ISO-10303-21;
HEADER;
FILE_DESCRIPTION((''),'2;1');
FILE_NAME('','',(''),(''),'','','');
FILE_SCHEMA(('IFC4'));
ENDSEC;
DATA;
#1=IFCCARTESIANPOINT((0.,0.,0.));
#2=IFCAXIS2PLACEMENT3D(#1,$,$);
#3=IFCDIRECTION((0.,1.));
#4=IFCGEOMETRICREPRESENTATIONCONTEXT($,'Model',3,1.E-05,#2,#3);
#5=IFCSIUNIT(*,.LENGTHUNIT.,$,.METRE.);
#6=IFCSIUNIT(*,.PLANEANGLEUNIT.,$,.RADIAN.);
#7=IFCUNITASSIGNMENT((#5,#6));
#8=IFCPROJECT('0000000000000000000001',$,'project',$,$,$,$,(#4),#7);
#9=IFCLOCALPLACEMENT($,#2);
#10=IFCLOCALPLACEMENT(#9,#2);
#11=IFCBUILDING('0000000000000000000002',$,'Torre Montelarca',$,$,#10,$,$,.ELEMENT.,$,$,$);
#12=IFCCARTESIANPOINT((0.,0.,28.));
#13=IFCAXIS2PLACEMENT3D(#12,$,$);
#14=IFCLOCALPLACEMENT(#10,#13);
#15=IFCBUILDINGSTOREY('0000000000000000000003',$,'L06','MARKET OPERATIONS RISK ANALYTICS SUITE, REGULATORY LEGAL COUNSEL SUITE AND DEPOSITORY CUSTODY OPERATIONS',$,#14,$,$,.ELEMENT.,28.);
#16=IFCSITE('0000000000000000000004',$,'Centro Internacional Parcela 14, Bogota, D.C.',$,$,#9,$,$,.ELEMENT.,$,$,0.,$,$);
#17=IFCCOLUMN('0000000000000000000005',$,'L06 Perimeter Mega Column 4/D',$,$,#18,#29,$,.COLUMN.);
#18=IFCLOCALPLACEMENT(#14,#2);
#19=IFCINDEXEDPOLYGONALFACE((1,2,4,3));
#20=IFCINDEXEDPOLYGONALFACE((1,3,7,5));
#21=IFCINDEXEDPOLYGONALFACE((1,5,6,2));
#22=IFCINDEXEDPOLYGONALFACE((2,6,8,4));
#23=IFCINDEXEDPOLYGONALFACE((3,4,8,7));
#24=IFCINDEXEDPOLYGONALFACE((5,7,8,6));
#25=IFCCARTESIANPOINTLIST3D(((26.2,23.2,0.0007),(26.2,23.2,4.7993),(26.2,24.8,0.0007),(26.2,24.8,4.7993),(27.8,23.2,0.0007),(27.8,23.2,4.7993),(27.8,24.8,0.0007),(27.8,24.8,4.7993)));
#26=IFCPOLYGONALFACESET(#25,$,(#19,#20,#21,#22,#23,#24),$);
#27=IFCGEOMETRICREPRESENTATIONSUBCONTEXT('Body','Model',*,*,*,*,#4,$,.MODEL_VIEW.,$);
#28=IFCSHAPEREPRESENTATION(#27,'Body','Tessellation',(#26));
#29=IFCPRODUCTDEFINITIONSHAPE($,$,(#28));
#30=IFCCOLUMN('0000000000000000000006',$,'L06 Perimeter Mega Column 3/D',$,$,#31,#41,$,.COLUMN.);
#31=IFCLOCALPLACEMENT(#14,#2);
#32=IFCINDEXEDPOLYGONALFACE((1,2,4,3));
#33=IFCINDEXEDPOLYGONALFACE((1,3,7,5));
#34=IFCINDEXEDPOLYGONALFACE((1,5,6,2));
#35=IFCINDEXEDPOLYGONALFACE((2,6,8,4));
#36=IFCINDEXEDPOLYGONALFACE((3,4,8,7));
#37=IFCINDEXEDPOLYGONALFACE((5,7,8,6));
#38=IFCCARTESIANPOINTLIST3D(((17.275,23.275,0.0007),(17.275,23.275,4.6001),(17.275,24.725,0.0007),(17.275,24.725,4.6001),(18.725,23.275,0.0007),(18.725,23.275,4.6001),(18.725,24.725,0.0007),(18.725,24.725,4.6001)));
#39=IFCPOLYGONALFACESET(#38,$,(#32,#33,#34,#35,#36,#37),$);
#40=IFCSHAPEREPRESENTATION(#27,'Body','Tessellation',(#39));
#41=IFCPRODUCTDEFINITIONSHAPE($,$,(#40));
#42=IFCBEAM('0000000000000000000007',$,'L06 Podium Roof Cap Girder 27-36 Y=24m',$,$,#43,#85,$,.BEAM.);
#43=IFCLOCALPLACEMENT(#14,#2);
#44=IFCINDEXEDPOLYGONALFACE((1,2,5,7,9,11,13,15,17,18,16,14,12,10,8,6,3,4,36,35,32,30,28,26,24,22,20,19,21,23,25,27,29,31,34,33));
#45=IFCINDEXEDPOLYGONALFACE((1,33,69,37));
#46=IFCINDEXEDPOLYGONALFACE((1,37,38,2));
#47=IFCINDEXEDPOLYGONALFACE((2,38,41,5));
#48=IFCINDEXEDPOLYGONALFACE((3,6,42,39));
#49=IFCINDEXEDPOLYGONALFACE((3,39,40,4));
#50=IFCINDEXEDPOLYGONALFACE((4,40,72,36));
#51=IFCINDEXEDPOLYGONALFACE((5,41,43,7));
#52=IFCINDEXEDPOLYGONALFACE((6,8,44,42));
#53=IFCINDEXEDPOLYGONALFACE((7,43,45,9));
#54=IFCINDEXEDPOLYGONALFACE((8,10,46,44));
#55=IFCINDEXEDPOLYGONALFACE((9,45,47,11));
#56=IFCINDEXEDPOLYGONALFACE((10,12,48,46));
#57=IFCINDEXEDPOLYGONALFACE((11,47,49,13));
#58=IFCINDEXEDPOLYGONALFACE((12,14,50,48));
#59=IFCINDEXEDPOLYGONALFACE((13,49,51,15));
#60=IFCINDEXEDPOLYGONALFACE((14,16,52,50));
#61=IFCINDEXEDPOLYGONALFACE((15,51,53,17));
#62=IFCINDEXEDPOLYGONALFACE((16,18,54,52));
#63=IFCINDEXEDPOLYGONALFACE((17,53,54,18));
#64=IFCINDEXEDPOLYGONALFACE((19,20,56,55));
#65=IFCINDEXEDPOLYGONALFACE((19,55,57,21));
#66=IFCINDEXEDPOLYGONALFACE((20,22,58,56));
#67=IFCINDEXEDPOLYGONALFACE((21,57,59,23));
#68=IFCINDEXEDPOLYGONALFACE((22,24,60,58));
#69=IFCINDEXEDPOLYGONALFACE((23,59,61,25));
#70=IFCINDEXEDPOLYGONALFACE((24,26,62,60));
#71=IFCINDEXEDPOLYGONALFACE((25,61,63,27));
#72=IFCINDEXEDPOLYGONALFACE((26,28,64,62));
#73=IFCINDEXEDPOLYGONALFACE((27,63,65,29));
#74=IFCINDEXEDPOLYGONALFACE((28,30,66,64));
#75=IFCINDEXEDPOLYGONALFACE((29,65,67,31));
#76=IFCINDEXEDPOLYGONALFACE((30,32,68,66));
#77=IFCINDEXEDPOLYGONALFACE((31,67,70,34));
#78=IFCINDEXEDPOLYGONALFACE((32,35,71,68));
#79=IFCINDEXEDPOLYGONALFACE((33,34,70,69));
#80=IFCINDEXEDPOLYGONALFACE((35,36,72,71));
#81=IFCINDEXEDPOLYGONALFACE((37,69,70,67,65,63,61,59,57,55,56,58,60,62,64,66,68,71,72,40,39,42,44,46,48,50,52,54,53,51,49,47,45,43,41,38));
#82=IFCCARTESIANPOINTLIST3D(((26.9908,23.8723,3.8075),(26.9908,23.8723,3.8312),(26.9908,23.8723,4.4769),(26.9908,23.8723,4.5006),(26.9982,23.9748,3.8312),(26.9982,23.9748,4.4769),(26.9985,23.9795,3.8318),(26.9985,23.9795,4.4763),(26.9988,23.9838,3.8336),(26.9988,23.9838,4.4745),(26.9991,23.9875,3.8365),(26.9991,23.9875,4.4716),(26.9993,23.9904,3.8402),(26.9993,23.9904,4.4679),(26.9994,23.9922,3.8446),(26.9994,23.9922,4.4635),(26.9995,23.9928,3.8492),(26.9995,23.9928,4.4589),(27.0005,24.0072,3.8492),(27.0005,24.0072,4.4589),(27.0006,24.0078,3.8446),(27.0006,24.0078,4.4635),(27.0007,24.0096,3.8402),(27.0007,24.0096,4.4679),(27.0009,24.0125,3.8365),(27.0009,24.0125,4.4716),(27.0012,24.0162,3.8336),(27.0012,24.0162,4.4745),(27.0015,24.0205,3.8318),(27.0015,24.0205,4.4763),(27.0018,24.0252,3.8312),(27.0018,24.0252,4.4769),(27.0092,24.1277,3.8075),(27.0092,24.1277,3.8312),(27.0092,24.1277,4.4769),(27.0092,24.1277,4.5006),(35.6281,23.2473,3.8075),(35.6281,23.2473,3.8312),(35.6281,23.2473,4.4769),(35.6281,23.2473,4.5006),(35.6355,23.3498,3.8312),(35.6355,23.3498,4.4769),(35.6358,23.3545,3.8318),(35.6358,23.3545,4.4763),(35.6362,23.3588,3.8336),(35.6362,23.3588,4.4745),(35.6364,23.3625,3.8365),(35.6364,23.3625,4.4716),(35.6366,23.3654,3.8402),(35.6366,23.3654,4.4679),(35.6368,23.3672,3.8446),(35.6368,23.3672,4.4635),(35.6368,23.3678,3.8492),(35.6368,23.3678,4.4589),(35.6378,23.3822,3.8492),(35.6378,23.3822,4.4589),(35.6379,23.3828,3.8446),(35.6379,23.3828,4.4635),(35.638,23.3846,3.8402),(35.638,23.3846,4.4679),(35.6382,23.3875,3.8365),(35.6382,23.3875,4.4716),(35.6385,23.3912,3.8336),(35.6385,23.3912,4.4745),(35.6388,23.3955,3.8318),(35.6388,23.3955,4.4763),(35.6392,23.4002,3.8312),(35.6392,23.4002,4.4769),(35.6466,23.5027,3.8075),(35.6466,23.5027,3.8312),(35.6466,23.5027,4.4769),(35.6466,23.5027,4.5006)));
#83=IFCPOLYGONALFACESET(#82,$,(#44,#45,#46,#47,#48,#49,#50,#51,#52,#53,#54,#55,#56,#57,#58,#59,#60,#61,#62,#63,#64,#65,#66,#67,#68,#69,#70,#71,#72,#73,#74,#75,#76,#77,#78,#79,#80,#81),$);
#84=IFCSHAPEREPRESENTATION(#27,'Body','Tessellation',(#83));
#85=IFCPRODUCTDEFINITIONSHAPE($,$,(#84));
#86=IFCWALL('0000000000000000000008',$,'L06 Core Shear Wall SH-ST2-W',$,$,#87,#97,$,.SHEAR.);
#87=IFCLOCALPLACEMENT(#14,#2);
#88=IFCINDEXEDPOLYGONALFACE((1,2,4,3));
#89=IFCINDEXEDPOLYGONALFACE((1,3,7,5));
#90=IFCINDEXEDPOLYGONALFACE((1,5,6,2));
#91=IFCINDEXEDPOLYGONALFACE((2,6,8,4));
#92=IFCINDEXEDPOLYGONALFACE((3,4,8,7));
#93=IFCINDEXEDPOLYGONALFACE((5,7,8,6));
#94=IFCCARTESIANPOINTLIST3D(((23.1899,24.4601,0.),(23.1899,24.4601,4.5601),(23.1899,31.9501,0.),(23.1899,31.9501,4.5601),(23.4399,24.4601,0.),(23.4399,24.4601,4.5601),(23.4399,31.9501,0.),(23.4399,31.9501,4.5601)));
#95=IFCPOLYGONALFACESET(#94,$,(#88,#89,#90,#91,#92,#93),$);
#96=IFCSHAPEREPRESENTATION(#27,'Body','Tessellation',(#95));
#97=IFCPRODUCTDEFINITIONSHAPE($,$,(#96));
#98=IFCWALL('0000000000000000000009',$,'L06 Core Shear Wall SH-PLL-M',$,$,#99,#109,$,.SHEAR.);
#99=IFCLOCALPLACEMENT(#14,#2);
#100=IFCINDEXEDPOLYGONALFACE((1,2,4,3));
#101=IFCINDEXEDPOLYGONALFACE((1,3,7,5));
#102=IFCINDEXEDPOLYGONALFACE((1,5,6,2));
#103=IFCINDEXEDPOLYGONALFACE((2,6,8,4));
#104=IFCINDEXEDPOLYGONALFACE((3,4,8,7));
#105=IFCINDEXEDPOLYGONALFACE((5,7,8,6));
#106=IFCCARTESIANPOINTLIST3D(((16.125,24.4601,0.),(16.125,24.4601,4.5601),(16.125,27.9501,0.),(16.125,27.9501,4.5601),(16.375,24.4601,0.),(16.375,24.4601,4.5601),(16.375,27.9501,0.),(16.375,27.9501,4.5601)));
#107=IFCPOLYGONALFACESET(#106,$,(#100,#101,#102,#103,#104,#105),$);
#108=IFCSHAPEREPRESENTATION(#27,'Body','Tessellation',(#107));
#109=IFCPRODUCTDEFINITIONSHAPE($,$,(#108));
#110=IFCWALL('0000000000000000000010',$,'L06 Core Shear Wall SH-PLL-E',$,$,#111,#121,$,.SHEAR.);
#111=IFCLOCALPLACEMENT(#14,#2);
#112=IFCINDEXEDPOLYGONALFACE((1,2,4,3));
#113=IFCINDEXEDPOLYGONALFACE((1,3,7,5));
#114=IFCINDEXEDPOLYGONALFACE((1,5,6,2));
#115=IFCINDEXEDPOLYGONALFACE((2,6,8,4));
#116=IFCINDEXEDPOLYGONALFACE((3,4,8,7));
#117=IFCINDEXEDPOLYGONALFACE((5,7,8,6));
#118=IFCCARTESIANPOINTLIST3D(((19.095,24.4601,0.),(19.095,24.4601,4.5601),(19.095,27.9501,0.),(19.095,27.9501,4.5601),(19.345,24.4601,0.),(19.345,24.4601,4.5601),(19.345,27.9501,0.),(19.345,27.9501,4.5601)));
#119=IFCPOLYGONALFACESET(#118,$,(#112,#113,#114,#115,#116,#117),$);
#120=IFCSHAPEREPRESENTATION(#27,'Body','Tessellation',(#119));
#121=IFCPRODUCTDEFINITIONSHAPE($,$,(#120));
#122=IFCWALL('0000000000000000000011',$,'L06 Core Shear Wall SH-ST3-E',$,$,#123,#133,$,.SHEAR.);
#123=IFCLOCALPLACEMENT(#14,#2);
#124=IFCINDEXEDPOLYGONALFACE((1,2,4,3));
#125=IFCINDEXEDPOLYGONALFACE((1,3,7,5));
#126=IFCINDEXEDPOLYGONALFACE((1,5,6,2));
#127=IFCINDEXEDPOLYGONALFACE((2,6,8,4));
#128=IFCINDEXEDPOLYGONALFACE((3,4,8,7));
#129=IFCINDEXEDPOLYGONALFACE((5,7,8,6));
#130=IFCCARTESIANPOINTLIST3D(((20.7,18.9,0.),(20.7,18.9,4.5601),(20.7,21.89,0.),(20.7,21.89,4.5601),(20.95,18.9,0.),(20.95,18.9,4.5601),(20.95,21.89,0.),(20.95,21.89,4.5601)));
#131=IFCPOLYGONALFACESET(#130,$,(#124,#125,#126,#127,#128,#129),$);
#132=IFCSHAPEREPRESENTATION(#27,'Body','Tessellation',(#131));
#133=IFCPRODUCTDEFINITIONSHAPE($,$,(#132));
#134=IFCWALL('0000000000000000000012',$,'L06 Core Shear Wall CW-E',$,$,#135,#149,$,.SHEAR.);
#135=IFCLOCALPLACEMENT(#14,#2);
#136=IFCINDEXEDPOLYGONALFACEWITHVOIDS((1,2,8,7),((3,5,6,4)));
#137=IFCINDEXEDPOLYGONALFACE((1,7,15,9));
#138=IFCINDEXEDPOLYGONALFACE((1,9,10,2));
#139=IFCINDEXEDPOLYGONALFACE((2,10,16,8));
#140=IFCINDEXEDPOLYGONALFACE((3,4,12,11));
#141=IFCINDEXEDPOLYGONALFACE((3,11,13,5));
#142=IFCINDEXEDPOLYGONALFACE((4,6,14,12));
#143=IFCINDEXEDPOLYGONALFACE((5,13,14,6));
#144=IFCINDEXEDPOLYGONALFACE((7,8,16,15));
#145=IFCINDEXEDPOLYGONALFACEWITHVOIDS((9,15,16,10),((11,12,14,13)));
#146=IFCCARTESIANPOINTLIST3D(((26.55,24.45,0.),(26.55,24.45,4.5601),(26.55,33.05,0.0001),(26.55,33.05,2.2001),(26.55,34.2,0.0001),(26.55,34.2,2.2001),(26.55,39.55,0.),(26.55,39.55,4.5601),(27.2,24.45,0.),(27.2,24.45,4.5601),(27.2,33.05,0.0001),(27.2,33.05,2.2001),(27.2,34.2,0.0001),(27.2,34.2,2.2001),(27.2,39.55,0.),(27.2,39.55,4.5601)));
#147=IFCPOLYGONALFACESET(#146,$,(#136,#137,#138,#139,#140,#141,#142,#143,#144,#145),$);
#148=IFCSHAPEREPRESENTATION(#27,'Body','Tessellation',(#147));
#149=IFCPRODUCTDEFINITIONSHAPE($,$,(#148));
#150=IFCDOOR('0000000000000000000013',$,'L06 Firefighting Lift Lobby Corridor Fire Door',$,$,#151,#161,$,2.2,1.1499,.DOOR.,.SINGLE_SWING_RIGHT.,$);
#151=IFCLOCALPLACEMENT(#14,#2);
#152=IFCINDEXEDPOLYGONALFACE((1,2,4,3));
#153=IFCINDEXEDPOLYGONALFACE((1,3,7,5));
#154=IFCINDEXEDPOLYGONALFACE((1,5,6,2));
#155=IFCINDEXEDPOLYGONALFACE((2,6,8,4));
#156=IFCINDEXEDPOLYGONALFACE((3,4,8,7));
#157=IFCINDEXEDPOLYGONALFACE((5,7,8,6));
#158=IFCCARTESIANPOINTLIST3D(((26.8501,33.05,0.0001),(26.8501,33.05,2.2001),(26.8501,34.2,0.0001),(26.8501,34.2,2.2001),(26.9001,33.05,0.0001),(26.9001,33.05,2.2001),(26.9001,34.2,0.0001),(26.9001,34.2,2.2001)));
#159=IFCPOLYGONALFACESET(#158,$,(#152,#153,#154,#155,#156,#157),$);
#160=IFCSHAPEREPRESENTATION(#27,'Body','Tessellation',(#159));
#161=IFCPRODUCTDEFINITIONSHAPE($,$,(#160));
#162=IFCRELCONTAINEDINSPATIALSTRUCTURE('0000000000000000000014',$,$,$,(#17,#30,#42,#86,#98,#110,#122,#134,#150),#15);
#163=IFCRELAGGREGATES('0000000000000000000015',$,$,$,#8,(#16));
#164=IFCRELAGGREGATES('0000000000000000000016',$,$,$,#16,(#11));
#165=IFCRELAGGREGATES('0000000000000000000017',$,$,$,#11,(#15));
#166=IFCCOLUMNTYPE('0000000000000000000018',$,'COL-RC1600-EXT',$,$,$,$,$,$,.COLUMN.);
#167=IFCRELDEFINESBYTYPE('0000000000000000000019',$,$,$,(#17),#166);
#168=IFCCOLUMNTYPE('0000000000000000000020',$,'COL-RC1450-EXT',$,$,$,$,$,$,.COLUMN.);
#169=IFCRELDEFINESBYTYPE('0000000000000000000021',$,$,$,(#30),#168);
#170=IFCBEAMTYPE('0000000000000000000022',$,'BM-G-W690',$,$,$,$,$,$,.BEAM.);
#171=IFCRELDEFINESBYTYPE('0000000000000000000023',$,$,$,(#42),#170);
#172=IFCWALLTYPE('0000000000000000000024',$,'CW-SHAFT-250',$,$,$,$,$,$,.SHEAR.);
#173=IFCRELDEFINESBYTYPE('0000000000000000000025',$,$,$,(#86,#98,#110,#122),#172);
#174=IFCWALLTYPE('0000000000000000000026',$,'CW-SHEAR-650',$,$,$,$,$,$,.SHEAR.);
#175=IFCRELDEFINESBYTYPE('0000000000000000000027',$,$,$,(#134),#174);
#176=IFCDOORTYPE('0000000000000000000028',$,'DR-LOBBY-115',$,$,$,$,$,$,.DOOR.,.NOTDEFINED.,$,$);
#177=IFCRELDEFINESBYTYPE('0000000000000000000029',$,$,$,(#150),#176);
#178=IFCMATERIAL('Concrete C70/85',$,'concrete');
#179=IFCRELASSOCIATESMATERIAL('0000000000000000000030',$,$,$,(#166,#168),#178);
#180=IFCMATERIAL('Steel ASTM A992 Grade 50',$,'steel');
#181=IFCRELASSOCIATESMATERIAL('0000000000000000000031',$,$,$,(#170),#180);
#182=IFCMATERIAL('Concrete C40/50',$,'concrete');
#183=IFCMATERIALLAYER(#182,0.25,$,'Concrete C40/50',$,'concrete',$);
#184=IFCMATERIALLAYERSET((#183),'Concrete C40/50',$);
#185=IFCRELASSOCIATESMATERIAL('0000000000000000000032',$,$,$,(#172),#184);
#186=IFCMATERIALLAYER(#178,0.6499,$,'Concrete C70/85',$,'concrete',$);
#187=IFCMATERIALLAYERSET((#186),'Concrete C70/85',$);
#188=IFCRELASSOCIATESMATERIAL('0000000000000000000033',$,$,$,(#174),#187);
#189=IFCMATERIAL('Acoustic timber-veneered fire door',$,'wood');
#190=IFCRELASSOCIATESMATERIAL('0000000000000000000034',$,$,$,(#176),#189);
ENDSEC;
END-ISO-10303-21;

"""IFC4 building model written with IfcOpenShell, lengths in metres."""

from ifc_helpers import new_model, si_unit, direction, frame, frame_2d, origin, origin_2d, place, context, subcontext, project, spatial, rectangle, i_section, extrude, source, transform, mapped, material, layer, layer_set, material_profile, profile_set, type_object, element, fill, save


model = new_model("IFC4")

# Units and contexts
model_context = context("Model", 3, precision=1e-05, world=origin(), true_north=direction((0.0, 1.0)))
body_context = subcontext(model_context, "Body", "Model", "MODEL_VIEW")
ifc_project = project(units=[si_unit("LENGTHUNIT", "METRE"), si_unit("PLANEANGLEUNIT", "RADIAN")], contexts=[model_context])

# Site, building, storey
site_placement = place(None, origin())
site = spatial("IfcSite", under=ifc_project, at=site_placement, Name="Centro Internacional Parcela 14, Bogota, D.C.", CompositionType="ELEMENT", RefElevation=0.0)
building_placement = place(site_placement, origin())
building = spatial("IfcBuilding", under=site, at=building_placement, Name="Torre Montelarca", CompositionType="ELEMENT")
storey_placement = place(building_placement, frame((0.0, 0.0, 28.0)))
storey = spatial("IfcBuildingStorey", under=building, at=storey_placement, Name="L06", Description="MARKET OPERATIONS RISK ANALYTICS SUITE, REGULATORY LEGAL COUNSEL SUITE AND DEPOSITORY CUSTODY OPERATIONS", CompositionType="ELEMENT", Elevation=28.0)

# Columns
ifc_material_1 = material(Name="Concrete C70/85", Category="concrete")
ifc_material_profile_1 = material_profile(ifc_material_1, rectangle(XDim=1.6001, YDim=1.6001, at=origin_2d()), Name="RC1600X1600", Category="concrete")
ifc_profile_set_1 = profile_set([ifc_material_profile_1], Name="Concrete C70/85")
column_type_1 = type_object("IfcColumnType", Name="COL-RC1600-EXT", PredefinedType="COLUMN", material=ifc_profile_set_1)
shared_shape_1 = source(origin(), body_context, "Body", "SweptSolid", [
    extrude(rectangle(XDim=1.6001, YDim=1.6001, at=origin_2d()), origin(), (0.0, 0.0, 1.0), 4.7986),
])
column_1_placement = place(storey_placement, frame((27.0, 24.0, 0.0007), z_axis=(0.0, 0.0, 1.0), x_axis=(1.0, 0.0, 0.0)))
element("IfcColumn", 1, at=column_1_placement, inside=storey, type_object=column_type_1, Name="L06 Perimeter Mega Column 4/D", PredefinedType="COLUMN", context=body_context, shape_type="MappedRepresentation", body=[
    mapped(shared_shape_1, transform((0.0, 0.0, 0.0), scale=1.0)),
])
ifc_material_profile_2 = material_profile(ifc_material_1, rectangle(XDim=1.45, YDim=1.45, at=origin_2d()), Name="RC1450X1450", Category="concrete")
ifc_profile_set_2 = profile_set([ifc_material_profile_2], Name="Concrete C70/85")
column_type_2 = type_object("IfcColumnType", Name="COL-RC1450-EXT", PredefinedType="COLUMN", material=ifc_profile_set_2)
shared_shape_2 = source(origin(), body_context, "Body", "SweptSolid", [
    extrude(rectangle(XDim=1.45, YDim=1.45, at=origin_2d()), origin(), (0.0, 0.0, 1.0), 4.5994),
])
column_2_placement = place(storey_placement, frame((18.0, 24.0, 0.0007), z_axis=(0.0, 0.0, 1.0), x_axis=(1.0, 0.0, 0.0)))
element("IfcColumn", 2, at=column_2_placement, inside=storey, type_object=column_type_2, Name="L06 Perimeter Mega Column 3/D", PredefinedType="COLUMN", context=body_context, shape_type="MappedRepresentation", body=[
    mapped(shared_shape_2, transform((0.0, 0.0, 0.0), scale=1.0)),
])

# Beam
ifc_material_2 = material(Name="Steel ASTM A992 Grade 50", Category="steel")
ifc_material_profile_3 = material_profile(ifc_material_2, i_section(OverallWidth=0.2561, OverallDepth=0.6931, WebThickness=0.0144, FlangeThickness=0.0237, FilletRadius=0.0181, at=origin_2d()), Name="W690X170", Category="steel")
ifc_profile_set_3 = profile_set([ifc_material_profile_3], Name="Steel ASTM A992 Grade 50")
beam_type = type_object("IfcBeamType", Name="BM-G-W690", PredefinedType="BEAM", material=ifc_profile_set_3)
shared_shape_3 = source(origin(), body_context, "Body", "SweptSolid", [
    extrude(i_section(OverallWidth=0.2561, OverallDepth=0.6931, WebThickness=0.0144, FlangeThickness=0.0237, FilletRadius=0.0181, at=origin_2d()), origin(), (0.0, 0.0, 1.0), 8.6599),
])
beam_placement = place(storey_placement, frame((27.0, 24.0, 4.1541), z_axis=(0.997392, -0.072173, 0.0), x_axis=(0.072173, 0.997392, 0.0)))
element("IfcBeam", 3, at=beam_placement, inside=storey, type_object=beam_type, Name="L06 Podium Roof Cap Girder 27-36 Y=24m", PredefinedType="BEAM", context=body_context, shape_type="MappedRepresentation", body=[
    mapped(shared_shape_3, transform((0.0, 0.0, 0.0), scale=1.0)),
])

# Walls
ifc_material_3 = material(Name="Concrete C40/50", Category="concrete")
ifc_layer_1 = layer(ifc_material_3, 0.25, Name="Concrete C40/50", Category="concrete")
ifc_layer_set_1 = layer_set([ifc_layer_1], Name="Concrete C40/50")
wall_type_1 = type_object("IfcWallType", Name="CW-SHAFT-250", PredefinedType="SHEAR", material=ifc_layer_set_1)
wall_1_placement = place(storey_placement, frame((23.3149, 24.46, 0.0), z_axis=(0.0, 0.0, 1.0), x_axis=(0.0, 1.0, 0.0)))
element("IfcWall", 4, at=wall_1_placement, inside=storey, type_object=wall_type_1, Name="L06 Core Shear Wall SH-ST2-W", PredefinedType="SHEAR", context=body_context, shape_type="SweptSolid", body=[
    extrude(rectangle(XDim=7.49, YDim=0.25, at=frame_2d((3.7451, 0.0))), origin(), (0.0, 0.0, 1.0), 4.5601),
])
for number, where, z_axis, x_axis, name in (
    (5, (16.25, 24.46, 0.0), (0.0, 0.0, 1.0), (0.0, 1.0, 0.0), "L06 Core Shear Wall SH-PLL-M"),
    (6, (19.22, 24.46, 0.0), (0.0, 0.0, 1.0), (0.0, 1.0, 0.0), "L06 Core Shear Wall SH-PLL-E"),
):
    element("IfcWall", number, at=place(storey_placement, frame(where, z_axis=z_axis, x_axis=x_axis)), inside=storey, type_object=wall_type_1, Name=name, PredefinedType="SHEAR", context=body_context, shape_type="SweptSolid", body=[
        extrude(rectangle(XDim=3.49, YDim=0.25, at=frame_2d((1.7451, 0.0))), origin(), (0.0, 0.0, 1.0), 4.5601),
    ])
wall_2_placement = place(storey_placement, frame((20.825, 18.8999, 0.0), z_axis=(0.0, 0.0, 1.0), x_axis=(0.0, 1.0, 0.0)))
element("IfcWall", 7, at=wall_2_placement, inside=storey, type_object=wall_type_1, Name="L06 Core Shear Wall SH-ST3-E", PredefinedType="SHEAR", context=body_context, shape_type="SweptSolid", body=[
    extrude(rectangle(XDim=2.99, YDim=0.25, at=frame_2d((1.4951, 0.0))), origin(), (0.0, 0.0, 1.0), 4.5601),
])

# Wall, opening, door
ifc_layer_2 = layer(ifc_material_1, 0.6499, Name="Concrete C70/85", Category="concrete")
ifc_layer_set_2 = layer_set([ifc_layer_2], Name="Concrete C70/85")
wall_type_2 = type_object("IfcWallType", Name="CW-SHEAR-650", PredefinedType="SHEAR", material=ifc_layer_set_2)
wall_3_placement = place(storey_placement, frame((26.875, 24.45, 0.0), z_axis=(0.0, 0.0, 1.0), x_axis=(0.0, 1.0, 0.0)))
wall_3 = element("IfcWall", 8, at=wall_3_placement, inside=storey, type_object=wall_type_2, Name="L06 Core Shear Wall CW-E", PredefinedType="SHEAR", context=body_context, shape_type="SweptSolid", body=[
    extrude(rectangle(XDim=15.1001, YDim=0.6499, at=frame_2d((7.55, 0.0))), origin(), (0.0, 0.0, 1.0), 4.5601),
])
opening_1_placement = place(wall_3_placement, frame((8.6001, 0.0, 0.0)))
opening_1 = element("IfcOpeningElement", 9, at=opening_1_placement, cuts=wall_3, PredefinedType="OPENING", context=body_context, shape_type="SweptSolid", body=[
    extrude(rectangle(XDim=1.1499, YDim=2.2, at=frame_2d((0.575, 1.1001))), frame((0.0, 0.335, 0.0), z_axis=(0.0, -1.0, 0.0), x_axis=(1.0, 0.0, 0.0)), (0.0, 0.0, 1.0), 0.6699),
])
ifc_material_4 = material(Name="Acoustic timber-veneered fire door", Category="wood")
door_type_1 = type_object("IfcDoorType", Name="DR-LOBBY-115", OperationType="NOTDEFINED", PredefinedType="DOOR", material=ifc_material_4)
shared_shape_4 = source(origin(), body_context, "Body", "SweptSolid", [
    extrude(rectangle(XDim=1.1499, YDim=2.2, at=frame_2d((0.575, 1.1001))), frame((0.0, 0.0249, 0.0), z_axis=(0.0, -1.0, 0.0), x_axis=(1.0, 0.0, 0.0)), (0.0, 0.0, 1.0), 0.05),
])
door_1_placement = place(opening_1_placement, origin())
door_1 = element("IfcDoor", 10, at=door_1_placement, inside=storey, type_object=door_type_1, Name="L06 Firefighting Lift Lobby Corridor Fire Door", OperationType="SINGLE_SWING_RIGHT", OverallHeight=2.2, OverallWidth=1.1499, PredefinedType="DOOR", context=body_context, shape_type="MappedRepresentation", body=[
    mapped(shared_shape_4, transform((0.0, 0.0, 0.0), scale=1.0)),
])
fill(opening_1, door_1)

save(model, "model.ifc")
